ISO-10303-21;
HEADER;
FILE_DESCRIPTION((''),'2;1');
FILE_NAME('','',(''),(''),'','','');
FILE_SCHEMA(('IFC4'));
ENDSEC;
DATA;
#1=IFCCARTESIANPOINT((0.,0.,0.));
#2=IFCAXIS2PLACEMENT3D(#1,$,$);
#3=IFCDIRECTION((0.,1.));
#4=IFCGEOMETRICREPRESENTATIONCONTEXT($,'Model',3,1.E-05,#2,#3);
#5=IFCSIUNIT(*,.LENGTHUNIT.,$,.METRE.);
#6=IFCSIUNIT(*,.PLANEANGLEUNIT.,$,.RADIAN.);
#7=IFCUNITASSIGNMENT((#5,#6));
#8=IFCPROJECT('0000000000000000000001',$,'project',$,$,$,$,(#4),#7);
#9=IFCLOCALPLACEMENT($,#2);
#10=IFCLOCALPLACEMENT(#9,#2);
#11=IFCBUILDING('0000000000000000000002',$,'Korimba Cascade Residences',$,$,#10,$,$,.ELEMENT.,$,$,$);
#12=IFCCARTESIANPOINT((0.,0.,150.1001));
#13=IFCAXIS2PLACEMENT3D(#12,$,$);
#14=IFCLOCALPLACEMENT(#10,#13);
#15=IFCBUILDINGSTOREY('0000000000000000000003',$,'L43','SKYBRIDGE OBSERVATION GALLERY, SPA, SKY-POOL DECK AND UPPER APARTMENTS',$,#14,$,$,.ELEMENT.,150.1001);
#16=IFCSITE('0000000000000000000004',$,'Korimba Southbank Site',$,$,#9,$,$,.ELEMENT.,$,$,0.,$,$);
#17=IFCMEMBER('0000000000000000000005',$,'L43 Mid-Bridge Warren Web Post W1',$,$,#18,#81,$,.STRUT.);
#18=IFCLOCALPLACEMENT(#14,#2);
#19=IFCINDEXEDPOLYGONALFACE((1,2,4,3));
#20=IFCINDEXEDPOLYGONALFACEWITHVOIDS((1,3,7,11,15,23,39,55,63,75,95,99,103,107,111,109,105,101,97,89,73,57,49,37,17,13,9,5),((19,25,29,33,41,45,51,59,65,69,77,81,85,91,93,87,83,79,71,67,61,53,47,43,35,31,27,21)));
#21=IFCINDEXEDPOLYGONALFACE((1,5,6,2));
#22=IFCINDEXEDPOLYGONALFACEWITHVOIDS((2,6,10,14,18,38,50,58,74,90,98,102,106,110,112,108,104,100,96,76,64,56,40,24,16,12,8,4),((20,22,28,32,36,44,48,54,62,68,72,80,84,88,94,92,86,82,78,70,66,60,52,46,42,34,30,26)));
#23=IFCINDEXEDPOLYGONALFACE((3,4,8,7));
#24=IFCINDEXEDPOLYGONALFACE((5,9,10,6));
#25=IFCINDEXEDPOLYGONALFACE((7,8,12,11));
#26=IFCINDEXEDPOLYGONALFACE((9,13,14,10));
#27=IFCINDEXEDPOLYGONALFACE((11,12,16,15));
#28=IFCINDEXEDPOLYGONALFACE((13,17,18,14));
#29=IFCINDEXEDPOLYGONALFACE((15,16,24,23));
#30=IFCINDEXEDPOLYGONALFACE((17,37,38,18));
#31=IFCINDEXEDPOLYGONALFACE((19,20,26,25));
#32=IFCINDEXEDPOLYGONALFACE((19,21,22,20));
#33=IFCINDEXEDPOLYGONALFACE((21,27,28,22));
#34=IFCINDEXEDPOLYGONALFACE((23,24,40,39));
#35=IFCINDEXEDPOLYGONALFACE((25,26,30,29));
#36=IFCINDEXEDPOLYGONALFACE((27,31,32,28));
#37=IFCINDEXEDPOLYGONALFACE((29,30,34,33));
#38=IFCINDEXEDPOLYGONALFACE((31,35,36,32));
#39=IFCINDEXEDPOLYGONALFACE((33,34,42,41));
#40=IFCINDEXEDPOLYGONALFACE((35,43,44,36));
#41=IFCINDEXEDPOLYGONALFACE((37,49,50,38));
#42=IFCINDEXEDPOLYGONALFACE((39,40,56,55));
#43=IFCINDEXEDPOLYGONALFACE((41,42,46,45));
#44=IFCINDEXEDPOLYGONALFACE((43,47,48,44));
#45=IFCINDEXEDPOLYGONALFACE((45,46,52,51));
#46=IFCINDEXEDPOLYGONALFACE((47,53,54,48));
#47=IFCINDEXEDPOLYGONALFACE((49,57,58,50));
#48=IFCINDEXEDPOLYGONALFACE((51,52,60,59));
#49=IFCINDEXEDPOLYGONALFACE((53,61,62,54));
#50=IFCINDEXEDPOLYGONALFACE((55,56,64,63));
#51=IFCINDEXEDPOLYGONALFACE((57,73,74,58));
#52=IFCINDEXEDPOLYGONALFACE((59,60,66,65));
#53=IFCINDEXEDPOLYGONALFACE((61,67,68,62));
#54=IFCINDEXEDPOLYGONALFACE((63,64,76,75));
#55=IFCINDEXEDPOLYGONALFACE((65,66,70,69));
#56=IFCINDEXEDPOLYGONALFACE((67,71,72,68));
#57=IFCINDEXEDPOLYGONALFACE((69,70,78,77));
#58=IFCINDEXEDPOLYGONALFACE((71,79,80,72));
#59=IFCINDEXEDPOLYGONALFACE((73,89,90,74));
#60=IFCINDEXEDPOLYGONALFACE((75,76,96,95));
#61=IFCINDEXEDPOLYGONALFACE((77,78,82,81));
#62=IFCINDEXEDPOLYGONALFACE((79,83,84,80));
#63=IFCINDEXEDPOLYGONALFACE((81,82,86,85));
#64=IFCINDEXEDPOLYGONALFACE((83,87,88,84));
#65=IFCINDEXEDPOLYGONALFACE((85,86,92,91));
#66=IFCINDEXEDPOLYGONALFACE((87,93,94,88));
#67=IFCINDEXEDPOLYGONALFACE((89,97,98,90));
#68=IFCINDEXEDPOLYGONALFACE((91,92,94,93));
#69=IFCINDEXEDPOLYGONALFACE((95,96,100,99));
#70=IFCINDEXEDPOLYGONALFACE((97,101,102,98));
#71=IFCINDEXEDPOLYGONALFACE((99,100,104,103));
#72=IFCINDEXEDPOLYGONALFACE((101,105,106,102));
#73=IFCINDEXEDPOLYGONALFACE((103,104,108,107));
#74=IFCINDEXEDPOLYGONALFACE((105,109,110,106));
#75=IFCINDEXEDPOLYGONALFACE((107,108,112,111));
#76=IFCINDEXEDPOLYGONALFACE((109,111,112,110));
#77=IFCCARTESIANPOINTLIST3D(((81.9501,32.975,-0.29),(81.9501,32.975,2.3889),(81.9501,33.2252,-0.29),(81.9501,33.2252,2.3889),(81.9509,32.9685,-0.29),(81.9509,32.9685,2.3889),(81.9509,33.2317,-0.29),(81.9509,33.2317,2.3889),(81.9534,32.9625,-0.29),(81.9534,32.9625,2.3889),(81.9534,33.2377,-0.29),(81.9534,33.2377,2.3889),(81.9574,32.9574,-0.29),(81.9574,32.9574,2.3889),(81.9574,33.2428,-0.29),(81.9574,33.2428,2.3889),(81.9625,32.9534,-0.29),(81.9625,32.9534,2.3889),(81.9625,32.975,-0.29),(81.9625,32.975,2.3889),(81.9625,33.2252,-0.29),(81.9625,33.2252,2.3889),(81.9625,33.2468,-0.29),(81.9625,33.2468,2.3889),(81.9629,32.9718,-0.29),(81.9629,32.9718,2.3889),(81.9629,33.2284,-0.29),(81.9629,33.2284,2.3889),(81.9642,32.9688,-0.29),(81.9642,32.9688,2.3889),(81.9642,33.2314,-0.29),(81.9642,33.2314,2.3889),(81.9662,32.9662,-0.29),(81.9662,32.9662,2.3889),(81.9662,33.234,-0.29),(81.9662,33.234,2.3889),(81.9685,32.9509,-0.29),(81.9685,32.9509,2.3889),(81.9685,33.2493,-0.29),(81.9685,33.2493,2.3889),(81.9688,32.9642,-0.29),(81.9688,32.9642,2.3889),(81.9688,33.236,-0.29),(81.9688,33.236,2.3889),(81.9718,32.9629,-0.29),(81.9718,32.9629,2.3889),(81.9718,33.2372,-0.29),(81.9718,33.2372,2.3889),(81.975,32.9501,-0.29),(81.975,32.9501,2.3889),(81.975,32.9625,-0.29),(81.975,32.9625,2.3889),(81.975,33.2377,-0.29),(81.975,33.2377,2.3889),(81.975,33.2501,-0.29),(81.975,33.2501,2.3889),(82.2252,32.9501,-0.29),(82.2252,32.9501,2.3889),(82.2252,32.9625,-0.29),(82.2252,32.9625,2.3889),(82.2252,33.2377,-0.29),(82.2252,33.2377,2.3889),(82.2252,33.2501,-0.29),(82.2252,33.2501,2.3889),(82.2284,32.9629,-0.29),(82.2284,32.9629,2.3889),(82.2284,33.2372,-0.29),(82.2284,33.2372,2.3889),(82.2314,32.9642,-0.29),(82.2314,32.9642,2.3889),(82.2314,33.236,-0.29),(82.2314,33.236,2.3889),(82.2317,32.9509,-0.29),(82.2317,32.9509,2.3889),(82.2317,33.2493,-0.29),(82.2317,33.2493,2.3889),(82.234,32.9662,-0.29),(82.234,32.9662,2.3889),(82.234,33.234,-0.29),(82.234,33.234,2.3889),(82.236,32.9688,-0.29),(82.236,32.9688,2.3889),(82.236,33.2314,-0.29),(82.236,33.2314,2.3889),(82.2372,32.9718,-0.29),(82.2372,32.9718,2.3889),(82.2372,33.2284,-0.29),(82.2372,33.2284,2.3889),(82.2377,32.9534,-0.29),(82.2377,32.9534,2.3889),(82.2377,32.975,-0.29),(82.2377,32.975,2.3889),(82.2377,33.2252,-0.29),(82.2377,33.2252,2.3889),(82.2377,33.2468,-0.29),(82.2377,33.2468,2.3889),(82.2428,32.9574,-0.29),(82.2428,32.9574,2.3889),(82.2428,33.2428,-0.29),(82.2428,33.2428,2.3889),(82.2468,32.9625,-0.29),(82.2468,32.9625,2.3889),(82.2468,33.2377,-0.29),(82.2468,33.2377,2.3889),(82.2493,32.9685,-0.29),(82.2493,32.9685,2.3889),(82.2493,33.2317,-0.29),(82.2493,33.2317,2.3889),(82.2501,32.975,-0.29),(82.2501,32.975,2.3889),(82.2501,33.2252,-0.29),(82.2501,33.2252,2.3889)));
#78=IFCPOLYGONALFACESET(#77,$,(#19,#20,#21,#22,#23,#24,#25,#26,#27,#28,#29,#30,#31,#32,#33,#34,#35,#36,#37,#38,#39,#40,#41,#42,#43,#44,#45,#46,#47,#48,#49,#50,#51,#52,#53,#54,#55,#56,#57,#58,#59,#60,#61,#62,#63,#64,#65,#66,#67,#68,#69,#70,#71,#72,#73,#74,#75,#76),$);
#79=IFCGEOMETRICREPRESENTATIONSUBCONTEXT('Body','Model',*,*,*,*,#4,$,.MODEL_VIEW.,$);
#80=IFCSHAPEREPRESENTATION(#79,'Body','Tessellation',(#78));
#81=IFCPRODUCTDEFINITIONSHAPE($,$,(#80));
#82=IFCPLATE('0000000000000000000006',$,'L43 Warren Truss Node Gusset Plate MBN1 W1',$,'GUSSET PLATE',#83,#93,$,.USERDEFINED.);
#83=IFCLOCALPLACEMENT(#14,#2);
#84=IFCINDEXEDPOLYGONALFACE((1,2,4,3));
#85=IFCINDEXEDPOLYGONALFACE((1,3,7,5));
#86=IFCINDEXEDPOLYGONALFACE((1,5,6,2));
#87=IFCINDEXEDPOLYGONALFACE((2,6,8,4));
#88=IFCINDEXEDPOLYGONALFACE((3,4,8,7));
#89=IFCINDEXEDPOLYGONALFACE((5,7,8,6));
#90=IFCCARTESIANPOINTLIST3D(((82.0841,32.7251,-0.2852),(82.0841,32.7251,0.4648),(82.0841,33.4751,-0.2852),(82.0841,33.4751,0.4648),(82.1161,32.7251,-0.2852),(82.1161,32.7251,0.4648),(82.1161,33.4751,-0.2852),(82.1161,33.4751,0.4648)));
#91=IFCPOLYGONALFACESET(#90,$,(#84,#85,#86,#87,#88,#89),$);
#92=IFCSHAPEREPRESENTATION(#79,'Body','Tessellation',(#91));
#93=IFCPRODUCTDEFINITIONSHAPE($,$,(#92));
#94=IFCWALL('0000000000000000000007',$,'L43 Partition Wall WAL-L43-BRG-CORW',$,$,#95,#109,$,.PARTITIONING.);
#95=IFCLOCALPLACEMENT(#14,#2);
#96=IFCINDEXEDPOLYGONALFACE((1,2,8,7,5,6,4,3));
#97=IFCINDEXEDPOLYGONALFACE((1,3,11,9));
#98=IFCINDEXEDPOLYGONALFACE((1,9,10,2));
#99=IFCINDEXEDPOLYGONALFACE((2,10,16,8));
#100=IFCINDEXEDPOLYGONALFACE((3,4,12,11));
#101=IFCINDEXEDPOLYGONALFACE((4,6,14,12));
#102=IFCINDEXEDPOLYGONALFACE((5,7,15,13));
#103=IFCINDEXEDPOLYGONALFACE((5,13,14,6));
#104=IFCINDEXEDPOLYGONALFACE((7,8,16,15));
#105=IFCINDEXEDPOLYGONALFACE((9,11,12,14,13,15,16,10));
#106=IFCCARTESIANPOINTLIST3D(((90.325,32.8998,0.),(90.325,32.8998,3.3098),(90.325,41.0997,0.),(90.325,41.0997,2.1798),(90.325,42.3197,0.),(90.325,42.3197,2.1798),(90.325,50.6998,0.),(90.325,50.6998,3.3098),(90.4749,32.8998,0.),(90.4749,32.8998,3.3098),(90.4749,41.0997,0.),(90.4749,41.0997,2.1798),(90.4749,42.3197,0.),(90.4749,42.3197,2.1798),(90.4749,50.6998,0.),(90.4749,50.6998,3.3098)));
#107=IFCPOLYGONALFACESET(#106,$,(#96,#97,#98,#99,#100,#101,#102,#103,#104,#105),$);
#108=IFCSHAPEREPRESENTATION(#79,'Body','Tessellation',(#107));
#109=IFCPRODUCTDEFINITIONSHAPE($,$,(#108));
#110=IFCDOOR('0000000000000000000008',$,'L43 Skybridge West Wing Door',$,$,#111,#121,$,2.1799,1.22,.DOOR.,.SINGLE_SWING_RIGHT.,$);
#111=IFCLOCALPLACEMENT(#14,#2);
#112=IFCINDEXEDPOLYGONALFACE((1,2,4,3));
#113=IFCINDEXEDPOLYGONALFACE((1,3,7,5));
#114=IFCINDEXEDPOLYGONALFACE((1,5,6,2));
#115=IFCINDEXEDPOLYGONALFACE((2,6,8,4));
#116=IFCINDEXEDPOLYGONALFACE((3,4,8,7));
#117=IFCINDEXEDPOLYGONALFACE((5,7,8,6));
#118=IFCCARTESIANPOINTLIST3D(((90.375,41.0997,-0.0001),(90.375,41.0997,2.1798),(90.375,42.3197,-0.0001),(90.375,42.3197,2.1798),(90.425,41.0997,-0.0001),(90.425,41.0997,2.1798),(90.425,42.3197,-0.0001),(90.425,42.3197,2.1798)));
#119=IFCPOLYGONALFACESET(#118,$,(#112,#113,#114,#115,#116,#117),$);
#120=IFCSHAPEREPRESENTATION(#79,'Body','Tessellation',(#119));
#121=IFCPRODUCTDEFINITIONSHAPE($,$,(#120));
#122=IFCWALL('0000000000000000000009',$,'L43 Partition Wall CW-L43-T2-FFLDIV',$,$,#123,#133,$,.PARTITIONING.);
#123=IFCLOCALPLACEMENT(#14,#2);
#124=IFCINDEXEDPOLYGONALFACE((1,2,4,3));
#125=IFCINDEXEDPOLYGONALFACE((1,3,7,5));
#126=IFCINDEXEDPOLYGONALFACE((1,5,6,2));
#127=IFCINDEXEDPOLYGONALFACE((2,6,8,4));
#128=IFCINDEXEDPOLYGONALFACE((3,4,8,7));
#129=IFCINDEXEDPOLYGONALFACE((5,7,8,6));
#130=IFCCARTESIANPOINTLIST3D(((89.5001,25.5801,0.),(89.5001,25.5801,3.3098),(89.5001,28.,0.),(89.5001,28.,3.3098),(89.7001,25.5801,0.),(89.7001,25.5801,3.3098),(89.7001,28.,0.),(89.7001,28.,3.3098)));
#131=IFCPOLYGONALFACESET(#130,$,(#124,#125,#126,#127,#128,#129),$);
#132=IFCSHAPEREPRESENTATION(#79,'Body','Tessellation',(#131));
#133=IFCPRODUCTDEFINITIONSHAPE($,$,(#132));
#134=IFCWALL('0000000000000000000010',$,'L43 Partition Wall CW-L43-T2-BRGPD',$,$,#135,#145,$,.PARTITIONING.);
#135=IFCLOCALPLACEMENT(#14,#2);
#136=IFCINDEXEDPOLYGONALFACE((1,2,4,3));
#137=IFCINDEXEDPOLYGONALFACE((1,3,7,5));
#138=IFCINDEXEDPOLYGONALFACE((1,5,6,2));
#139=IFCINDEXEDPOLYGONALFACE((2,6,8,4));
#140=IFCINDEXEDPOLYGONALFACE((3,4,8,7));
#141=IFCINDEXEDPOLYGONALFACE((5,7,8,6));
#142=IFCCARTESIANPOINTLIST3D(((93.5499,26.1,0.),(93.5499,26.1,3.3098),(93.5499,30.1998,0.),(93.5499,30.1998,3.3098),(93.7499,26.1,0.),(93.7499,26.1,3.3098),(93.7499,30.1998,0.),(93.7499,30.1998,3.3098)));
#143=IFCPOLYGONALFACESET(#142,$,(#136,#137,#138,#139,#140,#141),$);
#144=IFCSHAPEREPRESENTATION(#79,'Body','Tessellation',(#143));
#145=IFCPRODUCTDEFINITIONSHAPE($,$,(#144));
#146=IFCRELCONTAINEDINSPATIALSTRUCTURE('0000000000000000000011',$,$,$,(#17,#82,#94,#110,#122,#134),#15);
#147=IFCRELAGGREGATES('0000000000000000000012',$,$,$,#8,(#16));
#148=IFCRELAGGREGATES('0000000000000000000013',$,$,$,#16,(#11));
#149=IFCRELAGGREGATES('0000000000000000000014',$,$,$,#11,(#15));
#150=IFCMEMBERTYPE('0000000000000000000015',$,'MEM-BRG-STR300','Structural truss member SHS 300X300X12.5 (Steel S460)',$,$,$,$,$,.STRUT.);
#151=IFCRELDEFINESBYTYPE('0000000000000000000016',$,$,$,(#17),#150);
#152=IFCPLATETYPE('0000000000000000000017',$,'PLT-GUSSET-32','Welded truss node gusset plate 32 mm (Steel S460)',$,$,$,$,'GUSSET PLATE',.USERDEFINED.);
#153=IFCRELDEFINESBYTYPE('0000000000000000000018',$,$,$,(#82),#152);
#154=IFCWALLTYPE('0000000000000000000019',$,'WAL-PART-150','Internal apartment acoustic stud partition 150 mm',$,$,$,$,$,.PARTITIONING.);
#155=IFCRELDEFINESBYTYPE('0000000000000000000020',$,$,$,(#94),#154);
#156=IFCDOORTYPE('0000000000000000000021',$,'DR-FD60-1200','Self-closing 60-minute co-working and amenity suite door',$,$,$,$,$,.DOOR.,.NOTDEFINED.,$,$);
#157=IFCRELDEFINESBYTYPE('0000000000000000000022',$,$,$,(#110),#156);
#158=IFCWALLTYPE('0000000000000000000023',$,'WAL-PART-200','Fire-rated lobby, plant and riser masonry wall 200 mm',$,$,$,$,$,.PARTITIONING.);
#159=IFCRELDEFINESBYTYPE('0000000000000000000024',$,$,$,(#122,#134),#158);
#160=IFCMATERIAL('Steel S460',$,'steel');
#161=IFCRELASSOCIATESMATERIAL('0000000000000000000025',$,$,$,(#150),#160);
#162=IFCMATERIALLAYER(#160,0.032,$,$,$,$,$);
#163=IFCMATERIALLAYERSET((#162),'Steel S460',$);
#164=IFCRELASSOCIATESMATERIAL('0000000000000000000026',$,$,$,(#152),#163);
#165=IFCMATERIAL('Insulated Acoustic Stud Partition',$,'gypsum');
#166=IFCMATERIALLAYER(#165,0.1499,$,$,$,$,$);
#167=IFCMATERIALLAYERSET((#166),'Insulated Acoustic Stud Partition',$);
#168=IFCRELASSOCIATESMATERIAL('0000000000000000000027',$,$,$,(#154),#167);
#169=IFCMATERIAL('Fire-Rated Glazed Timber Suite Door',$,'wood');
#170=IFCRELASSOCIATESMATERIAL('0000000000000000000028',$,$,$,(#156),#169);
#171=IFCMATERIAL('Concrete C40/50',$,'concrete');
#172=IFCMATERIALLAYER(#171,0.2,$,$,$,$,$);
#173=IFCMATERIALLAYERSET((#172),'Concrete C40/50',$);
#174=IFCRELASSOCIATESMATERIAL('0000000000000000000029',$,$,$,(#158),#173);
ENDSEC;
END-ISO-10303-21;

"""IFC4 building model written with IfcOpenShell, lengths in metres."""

from ifc_helpers import new_model, si_unit, direction, frame, frame_2d, origin, origin_2d, place, context, subcontext, project, spatial, rectangle, hollow_rectangle, extrude, material, layer, layer_set, material_profile, profile_set, type_object, element, fill, save


model = new_model("IFC4")

# Units and contexts
model_context = context("Model", 3, precision=1e-05, world=origin(), true_north=direction((0.0, 1.0)))
body_context = subcontext(model_context, "Body", "Model", "MODEL_VIEW")
ifc_project = project(units=[si_unit("LENGTHUNIT", "METRE"), si_unit("PLANEANGLEUNIT", "RADIAN")], contexts=[model_context])

# Site, building, storey
site_placement = place(None, origin())
site = spatial("IfcSite", under=ifc_project, at=site_placement, Name="Korimba Southbank Site", CompositionType="ELEMENT", RefElevation=0.0)
building_placement = place(site_placement, origin())
building = spatial("IfcBuilding", under=site, at=building_placement, Name="Korimba Cascade Residences", CompositionType="ELEMENT")
storey_placement = place(building_placement, frame((0.0, 0.0, 150.1001)))
storey = spatial("IfcBuildingStorey", under=building, at=storey_placement, Name="L43", Description="SKYBRIDGE OBSERVATION GALLERY, SPA, SKY-POOL DECK AND UPPER APARTMENTS", CompositionType="ELEMENT", Elevation=150.1001)

# Shared definitions
ifc_material_1 = material(Name="Steel S460", Category="steel")

# Member
ifc_material_profile_1 = material_profile(ifc_material_1, hollow_rectangle(XDim=0.3, YDim=0.3, WallThickness=0.0125, InnerFilletRadius=0.0125, OuterFilletRadius=0.0249, at=origin_2d()), Name="Steel S460")
ifc_profile_set_1 = profile_set([ifc_material_profile_1], Name="Steel S460")
member_type = type_object("IfcMemberType", Name="MEM-BRG-STR300", Description="Structural truss member SHS 300X300X12.5 (Steel S460)", PredefinedType="STRUT", material=ifc_profile_set_1)
member_placement = place(storey_placement, frame((82.1001, 33.1001, -0.29), z_axis=(0.0, 0.0, 1.0), x_axis=(1.0, 0.0, 0.0)))
element("IfcMember", 1, at=member_placement, inside=storey, type_object=member_type, Name="L43 Mid-Bridge Warren Web Post W1", PredefinedType="STRUT", context=body_context, shape_type="SweptSolid", body=[
    extrude(hollow_rectangle(XDim=0.3, YDim=0.3, WallThickness=0.0125, InnerFilletRadius=0.0125, OuterFilletRadius=0.0249, at=origin_2d()), origin(), (0.0, 0.0, 1.0), 2.679),
])

# Plate
ifc_layer_1 = layer(ifc_material_1, 0.032)
ifc_layer_set_1 = layer_set([ifc_layer_1], Name="Steel S460")
plate_type = type_object("IfcPlateType", Name="PLT-GUSSET-32", Description="Welded truss node gusset plate 32 mm (Steel S460)", ElementType="GUSSET PLATE", PredefinedType="USERDEFINED", material=ifc_layer_set_1)
plate_placement = place(storey_placement, frame((82.1001, 33.1001, -0.2852), z_axis=(0.0, 0.0, 1.0), x_axis=(1.0, 0.0, 0.0)))
element("IfcPlate", 2, at=plate_placement, inside=storey, type_object=plate_type, Name="L43 Warren Truss Node Gusset Plate MBN1 W1", ObjectType="GUSSET PLATE", PredefinedType="USERDEFINED", context=body_context, shape_type="SweptSolid", body=[
    extrude(rectangle(XDim=0.032, YDim=0.75, at=origin_2d()), origin(), (0.0, 0.0, 1.0), 0.75),
])

# Wall, opening, door
ifc_material_2 = material(Name="Insulated Acoustic Stud Partition", Category="gypsum")
ifc_layer_2 = layer(ifc_material_2, 0.1499)
ifc_layer_set_2 = layer_set([ifc_layer_2], Name="Insulated Acoustic Stud Partition")
wall_type_1 = type_object("IfcWallType", Name="WAL-PART-150", Description="Internal apartment acoustic stud partition 150 mm", PredefinedType="PARTITIONING", material=ifc_layer_set_2)
wall_1_placement = place(storey_placement, frame((90.3999, 32.8999, 0.0), z_axis=(0.0, 0.0, 1.0), x_axis=(0.0, 1.0, 0.0)))
wall_1 = element("IfcWall", 3, at=wall_1_placement, inside=storey, type_object=wall_type_1, Name="L43 Partition Wall WAL-L43-BRG-CORW", PredefinedType="PARTITIONING", context=body_context, shape_type="SweptSolid", body=[
    extrude(rectangle(XDim=17.8, YDim=0.1499, at=frame_2d((8.8999, 0.0))), origin(), (0.0, 0.0, 1.0), 3.3098),
])
opening_1_placement = place(wall_1_placement, frame((8.2, 0.0, 0.0)))
opening_1 = element("IfcOpeningElement", 4, at=opening_1_placement, cuts=wall_1, PredefinedType="OPENING", context=body_context, shape_type="SweptSolid", body=[
    extrude(rectangle(XDim=1.22, YDim=2.1799, at=frame_2d((0.6099, 1.0898))), frame((0.0, 0.085, 0.0), z_axis=(0.0, -1.0, 0.0), x_axis=(1.0, 0.0, 0.0)), (0.0, 0.0, 1.0), 0.1699),
])
ifc_material_3 = material(Name="Fire-Rated Glazed Timber Suite Door", Category="wood")
door_type_1 = type_object("IfcDoorType", Name="DR-FD60-1200", Description="Self-closing 60-minute co-working and amenity suite door", OperationType="NOTDEFINED", PredefinedType="DOOR", material=ifc_material_3)
door_1_placement = place(opening_1_placement, origin())
door_1 = element("IfcDoor", 5, at=door_1_placement, inside=storey, type_object=door_type_1, Name="L43 Skybridge West Wing Door", OperationType="SINGLE_SWING_RIGHT", OverallHeight=2.1799, OverallWidth=1.22, PredefinedType="DOOR", context=body_context, shape_type="SweptSolid", body=[
    extrude(rectangle(XDim=1.22, YDim=2.1799, at=frame_2d((0.6099, 1.0898))), frame((0.0, 0.0249, 0.0), z_axis=(0.0, -1.0, 0.0), x_axis=(1.0, 0.0, 0.0)), (0.0, 0.0, 1.0), 0.05),
])
fill(opening_1, door_1)

# Walls
ifc_material_4 = material(Name="Concrete C40/50", Category="concrete")
ifc_layer_3 = layer(ifc_material_4, 0.2)
ifc_layer_set_3 = layer_set([ifc_layer_3], Name="Concrete C40/50")
wall_type_2 = type_object("IfcWallType", Name="WAL-PART-200", Description="Fire-rated lobby, plant and riser masonry wall 200 mm", PredefinedType="PARTITIONING", material=ifc_layer_set_3)
wall_2_placement = place(storey_placement, frame((89.6001, 25.5801, 0.0), z_axis=(0.0, 0.0, 1.0), x_axis=(0.0, 1.0, 0.0)))
element("IfcWall", 6, at=wall_2_placement, inside=storey, type_object=wall_type_2, Name="L43 Partition Wall CW-L43-T2-FFLDIV", PredefinedType="PARTITIONING", context=body_context, shape_type="SweptSolid", body=[
    extrude(rectangle(XDim=2.4199, YDim=0.2, at=frame_2d((1.21, 0.0))), origin(), (0.0, 0.0, 1.0), 3.3098),
])
wall_3_placement = place(storey_placement, frame((93.6499, 26.1001, 0.0), z_axis=(0.0, 0.0, 1.0), x_axis=(0.0, 1.0, 0.0)))
element("IfcWall", 7, at=wall_3_placement, inside=storey, type_object=wall_type_2, Name="L43 Partition Wall CW-L43-T2-BRGPD", PredefinedType="PARTITIONING", context=body_context, shape_type="SweptSolid", body=[
    extrude(rectangle(XDim=4.0999, YDim=0.2, at=frame_2d((2.0498, 0.0))), origin(), (0.0, 0.0, 1.0), 3.3098),
])

save(model, "model.ifc")
